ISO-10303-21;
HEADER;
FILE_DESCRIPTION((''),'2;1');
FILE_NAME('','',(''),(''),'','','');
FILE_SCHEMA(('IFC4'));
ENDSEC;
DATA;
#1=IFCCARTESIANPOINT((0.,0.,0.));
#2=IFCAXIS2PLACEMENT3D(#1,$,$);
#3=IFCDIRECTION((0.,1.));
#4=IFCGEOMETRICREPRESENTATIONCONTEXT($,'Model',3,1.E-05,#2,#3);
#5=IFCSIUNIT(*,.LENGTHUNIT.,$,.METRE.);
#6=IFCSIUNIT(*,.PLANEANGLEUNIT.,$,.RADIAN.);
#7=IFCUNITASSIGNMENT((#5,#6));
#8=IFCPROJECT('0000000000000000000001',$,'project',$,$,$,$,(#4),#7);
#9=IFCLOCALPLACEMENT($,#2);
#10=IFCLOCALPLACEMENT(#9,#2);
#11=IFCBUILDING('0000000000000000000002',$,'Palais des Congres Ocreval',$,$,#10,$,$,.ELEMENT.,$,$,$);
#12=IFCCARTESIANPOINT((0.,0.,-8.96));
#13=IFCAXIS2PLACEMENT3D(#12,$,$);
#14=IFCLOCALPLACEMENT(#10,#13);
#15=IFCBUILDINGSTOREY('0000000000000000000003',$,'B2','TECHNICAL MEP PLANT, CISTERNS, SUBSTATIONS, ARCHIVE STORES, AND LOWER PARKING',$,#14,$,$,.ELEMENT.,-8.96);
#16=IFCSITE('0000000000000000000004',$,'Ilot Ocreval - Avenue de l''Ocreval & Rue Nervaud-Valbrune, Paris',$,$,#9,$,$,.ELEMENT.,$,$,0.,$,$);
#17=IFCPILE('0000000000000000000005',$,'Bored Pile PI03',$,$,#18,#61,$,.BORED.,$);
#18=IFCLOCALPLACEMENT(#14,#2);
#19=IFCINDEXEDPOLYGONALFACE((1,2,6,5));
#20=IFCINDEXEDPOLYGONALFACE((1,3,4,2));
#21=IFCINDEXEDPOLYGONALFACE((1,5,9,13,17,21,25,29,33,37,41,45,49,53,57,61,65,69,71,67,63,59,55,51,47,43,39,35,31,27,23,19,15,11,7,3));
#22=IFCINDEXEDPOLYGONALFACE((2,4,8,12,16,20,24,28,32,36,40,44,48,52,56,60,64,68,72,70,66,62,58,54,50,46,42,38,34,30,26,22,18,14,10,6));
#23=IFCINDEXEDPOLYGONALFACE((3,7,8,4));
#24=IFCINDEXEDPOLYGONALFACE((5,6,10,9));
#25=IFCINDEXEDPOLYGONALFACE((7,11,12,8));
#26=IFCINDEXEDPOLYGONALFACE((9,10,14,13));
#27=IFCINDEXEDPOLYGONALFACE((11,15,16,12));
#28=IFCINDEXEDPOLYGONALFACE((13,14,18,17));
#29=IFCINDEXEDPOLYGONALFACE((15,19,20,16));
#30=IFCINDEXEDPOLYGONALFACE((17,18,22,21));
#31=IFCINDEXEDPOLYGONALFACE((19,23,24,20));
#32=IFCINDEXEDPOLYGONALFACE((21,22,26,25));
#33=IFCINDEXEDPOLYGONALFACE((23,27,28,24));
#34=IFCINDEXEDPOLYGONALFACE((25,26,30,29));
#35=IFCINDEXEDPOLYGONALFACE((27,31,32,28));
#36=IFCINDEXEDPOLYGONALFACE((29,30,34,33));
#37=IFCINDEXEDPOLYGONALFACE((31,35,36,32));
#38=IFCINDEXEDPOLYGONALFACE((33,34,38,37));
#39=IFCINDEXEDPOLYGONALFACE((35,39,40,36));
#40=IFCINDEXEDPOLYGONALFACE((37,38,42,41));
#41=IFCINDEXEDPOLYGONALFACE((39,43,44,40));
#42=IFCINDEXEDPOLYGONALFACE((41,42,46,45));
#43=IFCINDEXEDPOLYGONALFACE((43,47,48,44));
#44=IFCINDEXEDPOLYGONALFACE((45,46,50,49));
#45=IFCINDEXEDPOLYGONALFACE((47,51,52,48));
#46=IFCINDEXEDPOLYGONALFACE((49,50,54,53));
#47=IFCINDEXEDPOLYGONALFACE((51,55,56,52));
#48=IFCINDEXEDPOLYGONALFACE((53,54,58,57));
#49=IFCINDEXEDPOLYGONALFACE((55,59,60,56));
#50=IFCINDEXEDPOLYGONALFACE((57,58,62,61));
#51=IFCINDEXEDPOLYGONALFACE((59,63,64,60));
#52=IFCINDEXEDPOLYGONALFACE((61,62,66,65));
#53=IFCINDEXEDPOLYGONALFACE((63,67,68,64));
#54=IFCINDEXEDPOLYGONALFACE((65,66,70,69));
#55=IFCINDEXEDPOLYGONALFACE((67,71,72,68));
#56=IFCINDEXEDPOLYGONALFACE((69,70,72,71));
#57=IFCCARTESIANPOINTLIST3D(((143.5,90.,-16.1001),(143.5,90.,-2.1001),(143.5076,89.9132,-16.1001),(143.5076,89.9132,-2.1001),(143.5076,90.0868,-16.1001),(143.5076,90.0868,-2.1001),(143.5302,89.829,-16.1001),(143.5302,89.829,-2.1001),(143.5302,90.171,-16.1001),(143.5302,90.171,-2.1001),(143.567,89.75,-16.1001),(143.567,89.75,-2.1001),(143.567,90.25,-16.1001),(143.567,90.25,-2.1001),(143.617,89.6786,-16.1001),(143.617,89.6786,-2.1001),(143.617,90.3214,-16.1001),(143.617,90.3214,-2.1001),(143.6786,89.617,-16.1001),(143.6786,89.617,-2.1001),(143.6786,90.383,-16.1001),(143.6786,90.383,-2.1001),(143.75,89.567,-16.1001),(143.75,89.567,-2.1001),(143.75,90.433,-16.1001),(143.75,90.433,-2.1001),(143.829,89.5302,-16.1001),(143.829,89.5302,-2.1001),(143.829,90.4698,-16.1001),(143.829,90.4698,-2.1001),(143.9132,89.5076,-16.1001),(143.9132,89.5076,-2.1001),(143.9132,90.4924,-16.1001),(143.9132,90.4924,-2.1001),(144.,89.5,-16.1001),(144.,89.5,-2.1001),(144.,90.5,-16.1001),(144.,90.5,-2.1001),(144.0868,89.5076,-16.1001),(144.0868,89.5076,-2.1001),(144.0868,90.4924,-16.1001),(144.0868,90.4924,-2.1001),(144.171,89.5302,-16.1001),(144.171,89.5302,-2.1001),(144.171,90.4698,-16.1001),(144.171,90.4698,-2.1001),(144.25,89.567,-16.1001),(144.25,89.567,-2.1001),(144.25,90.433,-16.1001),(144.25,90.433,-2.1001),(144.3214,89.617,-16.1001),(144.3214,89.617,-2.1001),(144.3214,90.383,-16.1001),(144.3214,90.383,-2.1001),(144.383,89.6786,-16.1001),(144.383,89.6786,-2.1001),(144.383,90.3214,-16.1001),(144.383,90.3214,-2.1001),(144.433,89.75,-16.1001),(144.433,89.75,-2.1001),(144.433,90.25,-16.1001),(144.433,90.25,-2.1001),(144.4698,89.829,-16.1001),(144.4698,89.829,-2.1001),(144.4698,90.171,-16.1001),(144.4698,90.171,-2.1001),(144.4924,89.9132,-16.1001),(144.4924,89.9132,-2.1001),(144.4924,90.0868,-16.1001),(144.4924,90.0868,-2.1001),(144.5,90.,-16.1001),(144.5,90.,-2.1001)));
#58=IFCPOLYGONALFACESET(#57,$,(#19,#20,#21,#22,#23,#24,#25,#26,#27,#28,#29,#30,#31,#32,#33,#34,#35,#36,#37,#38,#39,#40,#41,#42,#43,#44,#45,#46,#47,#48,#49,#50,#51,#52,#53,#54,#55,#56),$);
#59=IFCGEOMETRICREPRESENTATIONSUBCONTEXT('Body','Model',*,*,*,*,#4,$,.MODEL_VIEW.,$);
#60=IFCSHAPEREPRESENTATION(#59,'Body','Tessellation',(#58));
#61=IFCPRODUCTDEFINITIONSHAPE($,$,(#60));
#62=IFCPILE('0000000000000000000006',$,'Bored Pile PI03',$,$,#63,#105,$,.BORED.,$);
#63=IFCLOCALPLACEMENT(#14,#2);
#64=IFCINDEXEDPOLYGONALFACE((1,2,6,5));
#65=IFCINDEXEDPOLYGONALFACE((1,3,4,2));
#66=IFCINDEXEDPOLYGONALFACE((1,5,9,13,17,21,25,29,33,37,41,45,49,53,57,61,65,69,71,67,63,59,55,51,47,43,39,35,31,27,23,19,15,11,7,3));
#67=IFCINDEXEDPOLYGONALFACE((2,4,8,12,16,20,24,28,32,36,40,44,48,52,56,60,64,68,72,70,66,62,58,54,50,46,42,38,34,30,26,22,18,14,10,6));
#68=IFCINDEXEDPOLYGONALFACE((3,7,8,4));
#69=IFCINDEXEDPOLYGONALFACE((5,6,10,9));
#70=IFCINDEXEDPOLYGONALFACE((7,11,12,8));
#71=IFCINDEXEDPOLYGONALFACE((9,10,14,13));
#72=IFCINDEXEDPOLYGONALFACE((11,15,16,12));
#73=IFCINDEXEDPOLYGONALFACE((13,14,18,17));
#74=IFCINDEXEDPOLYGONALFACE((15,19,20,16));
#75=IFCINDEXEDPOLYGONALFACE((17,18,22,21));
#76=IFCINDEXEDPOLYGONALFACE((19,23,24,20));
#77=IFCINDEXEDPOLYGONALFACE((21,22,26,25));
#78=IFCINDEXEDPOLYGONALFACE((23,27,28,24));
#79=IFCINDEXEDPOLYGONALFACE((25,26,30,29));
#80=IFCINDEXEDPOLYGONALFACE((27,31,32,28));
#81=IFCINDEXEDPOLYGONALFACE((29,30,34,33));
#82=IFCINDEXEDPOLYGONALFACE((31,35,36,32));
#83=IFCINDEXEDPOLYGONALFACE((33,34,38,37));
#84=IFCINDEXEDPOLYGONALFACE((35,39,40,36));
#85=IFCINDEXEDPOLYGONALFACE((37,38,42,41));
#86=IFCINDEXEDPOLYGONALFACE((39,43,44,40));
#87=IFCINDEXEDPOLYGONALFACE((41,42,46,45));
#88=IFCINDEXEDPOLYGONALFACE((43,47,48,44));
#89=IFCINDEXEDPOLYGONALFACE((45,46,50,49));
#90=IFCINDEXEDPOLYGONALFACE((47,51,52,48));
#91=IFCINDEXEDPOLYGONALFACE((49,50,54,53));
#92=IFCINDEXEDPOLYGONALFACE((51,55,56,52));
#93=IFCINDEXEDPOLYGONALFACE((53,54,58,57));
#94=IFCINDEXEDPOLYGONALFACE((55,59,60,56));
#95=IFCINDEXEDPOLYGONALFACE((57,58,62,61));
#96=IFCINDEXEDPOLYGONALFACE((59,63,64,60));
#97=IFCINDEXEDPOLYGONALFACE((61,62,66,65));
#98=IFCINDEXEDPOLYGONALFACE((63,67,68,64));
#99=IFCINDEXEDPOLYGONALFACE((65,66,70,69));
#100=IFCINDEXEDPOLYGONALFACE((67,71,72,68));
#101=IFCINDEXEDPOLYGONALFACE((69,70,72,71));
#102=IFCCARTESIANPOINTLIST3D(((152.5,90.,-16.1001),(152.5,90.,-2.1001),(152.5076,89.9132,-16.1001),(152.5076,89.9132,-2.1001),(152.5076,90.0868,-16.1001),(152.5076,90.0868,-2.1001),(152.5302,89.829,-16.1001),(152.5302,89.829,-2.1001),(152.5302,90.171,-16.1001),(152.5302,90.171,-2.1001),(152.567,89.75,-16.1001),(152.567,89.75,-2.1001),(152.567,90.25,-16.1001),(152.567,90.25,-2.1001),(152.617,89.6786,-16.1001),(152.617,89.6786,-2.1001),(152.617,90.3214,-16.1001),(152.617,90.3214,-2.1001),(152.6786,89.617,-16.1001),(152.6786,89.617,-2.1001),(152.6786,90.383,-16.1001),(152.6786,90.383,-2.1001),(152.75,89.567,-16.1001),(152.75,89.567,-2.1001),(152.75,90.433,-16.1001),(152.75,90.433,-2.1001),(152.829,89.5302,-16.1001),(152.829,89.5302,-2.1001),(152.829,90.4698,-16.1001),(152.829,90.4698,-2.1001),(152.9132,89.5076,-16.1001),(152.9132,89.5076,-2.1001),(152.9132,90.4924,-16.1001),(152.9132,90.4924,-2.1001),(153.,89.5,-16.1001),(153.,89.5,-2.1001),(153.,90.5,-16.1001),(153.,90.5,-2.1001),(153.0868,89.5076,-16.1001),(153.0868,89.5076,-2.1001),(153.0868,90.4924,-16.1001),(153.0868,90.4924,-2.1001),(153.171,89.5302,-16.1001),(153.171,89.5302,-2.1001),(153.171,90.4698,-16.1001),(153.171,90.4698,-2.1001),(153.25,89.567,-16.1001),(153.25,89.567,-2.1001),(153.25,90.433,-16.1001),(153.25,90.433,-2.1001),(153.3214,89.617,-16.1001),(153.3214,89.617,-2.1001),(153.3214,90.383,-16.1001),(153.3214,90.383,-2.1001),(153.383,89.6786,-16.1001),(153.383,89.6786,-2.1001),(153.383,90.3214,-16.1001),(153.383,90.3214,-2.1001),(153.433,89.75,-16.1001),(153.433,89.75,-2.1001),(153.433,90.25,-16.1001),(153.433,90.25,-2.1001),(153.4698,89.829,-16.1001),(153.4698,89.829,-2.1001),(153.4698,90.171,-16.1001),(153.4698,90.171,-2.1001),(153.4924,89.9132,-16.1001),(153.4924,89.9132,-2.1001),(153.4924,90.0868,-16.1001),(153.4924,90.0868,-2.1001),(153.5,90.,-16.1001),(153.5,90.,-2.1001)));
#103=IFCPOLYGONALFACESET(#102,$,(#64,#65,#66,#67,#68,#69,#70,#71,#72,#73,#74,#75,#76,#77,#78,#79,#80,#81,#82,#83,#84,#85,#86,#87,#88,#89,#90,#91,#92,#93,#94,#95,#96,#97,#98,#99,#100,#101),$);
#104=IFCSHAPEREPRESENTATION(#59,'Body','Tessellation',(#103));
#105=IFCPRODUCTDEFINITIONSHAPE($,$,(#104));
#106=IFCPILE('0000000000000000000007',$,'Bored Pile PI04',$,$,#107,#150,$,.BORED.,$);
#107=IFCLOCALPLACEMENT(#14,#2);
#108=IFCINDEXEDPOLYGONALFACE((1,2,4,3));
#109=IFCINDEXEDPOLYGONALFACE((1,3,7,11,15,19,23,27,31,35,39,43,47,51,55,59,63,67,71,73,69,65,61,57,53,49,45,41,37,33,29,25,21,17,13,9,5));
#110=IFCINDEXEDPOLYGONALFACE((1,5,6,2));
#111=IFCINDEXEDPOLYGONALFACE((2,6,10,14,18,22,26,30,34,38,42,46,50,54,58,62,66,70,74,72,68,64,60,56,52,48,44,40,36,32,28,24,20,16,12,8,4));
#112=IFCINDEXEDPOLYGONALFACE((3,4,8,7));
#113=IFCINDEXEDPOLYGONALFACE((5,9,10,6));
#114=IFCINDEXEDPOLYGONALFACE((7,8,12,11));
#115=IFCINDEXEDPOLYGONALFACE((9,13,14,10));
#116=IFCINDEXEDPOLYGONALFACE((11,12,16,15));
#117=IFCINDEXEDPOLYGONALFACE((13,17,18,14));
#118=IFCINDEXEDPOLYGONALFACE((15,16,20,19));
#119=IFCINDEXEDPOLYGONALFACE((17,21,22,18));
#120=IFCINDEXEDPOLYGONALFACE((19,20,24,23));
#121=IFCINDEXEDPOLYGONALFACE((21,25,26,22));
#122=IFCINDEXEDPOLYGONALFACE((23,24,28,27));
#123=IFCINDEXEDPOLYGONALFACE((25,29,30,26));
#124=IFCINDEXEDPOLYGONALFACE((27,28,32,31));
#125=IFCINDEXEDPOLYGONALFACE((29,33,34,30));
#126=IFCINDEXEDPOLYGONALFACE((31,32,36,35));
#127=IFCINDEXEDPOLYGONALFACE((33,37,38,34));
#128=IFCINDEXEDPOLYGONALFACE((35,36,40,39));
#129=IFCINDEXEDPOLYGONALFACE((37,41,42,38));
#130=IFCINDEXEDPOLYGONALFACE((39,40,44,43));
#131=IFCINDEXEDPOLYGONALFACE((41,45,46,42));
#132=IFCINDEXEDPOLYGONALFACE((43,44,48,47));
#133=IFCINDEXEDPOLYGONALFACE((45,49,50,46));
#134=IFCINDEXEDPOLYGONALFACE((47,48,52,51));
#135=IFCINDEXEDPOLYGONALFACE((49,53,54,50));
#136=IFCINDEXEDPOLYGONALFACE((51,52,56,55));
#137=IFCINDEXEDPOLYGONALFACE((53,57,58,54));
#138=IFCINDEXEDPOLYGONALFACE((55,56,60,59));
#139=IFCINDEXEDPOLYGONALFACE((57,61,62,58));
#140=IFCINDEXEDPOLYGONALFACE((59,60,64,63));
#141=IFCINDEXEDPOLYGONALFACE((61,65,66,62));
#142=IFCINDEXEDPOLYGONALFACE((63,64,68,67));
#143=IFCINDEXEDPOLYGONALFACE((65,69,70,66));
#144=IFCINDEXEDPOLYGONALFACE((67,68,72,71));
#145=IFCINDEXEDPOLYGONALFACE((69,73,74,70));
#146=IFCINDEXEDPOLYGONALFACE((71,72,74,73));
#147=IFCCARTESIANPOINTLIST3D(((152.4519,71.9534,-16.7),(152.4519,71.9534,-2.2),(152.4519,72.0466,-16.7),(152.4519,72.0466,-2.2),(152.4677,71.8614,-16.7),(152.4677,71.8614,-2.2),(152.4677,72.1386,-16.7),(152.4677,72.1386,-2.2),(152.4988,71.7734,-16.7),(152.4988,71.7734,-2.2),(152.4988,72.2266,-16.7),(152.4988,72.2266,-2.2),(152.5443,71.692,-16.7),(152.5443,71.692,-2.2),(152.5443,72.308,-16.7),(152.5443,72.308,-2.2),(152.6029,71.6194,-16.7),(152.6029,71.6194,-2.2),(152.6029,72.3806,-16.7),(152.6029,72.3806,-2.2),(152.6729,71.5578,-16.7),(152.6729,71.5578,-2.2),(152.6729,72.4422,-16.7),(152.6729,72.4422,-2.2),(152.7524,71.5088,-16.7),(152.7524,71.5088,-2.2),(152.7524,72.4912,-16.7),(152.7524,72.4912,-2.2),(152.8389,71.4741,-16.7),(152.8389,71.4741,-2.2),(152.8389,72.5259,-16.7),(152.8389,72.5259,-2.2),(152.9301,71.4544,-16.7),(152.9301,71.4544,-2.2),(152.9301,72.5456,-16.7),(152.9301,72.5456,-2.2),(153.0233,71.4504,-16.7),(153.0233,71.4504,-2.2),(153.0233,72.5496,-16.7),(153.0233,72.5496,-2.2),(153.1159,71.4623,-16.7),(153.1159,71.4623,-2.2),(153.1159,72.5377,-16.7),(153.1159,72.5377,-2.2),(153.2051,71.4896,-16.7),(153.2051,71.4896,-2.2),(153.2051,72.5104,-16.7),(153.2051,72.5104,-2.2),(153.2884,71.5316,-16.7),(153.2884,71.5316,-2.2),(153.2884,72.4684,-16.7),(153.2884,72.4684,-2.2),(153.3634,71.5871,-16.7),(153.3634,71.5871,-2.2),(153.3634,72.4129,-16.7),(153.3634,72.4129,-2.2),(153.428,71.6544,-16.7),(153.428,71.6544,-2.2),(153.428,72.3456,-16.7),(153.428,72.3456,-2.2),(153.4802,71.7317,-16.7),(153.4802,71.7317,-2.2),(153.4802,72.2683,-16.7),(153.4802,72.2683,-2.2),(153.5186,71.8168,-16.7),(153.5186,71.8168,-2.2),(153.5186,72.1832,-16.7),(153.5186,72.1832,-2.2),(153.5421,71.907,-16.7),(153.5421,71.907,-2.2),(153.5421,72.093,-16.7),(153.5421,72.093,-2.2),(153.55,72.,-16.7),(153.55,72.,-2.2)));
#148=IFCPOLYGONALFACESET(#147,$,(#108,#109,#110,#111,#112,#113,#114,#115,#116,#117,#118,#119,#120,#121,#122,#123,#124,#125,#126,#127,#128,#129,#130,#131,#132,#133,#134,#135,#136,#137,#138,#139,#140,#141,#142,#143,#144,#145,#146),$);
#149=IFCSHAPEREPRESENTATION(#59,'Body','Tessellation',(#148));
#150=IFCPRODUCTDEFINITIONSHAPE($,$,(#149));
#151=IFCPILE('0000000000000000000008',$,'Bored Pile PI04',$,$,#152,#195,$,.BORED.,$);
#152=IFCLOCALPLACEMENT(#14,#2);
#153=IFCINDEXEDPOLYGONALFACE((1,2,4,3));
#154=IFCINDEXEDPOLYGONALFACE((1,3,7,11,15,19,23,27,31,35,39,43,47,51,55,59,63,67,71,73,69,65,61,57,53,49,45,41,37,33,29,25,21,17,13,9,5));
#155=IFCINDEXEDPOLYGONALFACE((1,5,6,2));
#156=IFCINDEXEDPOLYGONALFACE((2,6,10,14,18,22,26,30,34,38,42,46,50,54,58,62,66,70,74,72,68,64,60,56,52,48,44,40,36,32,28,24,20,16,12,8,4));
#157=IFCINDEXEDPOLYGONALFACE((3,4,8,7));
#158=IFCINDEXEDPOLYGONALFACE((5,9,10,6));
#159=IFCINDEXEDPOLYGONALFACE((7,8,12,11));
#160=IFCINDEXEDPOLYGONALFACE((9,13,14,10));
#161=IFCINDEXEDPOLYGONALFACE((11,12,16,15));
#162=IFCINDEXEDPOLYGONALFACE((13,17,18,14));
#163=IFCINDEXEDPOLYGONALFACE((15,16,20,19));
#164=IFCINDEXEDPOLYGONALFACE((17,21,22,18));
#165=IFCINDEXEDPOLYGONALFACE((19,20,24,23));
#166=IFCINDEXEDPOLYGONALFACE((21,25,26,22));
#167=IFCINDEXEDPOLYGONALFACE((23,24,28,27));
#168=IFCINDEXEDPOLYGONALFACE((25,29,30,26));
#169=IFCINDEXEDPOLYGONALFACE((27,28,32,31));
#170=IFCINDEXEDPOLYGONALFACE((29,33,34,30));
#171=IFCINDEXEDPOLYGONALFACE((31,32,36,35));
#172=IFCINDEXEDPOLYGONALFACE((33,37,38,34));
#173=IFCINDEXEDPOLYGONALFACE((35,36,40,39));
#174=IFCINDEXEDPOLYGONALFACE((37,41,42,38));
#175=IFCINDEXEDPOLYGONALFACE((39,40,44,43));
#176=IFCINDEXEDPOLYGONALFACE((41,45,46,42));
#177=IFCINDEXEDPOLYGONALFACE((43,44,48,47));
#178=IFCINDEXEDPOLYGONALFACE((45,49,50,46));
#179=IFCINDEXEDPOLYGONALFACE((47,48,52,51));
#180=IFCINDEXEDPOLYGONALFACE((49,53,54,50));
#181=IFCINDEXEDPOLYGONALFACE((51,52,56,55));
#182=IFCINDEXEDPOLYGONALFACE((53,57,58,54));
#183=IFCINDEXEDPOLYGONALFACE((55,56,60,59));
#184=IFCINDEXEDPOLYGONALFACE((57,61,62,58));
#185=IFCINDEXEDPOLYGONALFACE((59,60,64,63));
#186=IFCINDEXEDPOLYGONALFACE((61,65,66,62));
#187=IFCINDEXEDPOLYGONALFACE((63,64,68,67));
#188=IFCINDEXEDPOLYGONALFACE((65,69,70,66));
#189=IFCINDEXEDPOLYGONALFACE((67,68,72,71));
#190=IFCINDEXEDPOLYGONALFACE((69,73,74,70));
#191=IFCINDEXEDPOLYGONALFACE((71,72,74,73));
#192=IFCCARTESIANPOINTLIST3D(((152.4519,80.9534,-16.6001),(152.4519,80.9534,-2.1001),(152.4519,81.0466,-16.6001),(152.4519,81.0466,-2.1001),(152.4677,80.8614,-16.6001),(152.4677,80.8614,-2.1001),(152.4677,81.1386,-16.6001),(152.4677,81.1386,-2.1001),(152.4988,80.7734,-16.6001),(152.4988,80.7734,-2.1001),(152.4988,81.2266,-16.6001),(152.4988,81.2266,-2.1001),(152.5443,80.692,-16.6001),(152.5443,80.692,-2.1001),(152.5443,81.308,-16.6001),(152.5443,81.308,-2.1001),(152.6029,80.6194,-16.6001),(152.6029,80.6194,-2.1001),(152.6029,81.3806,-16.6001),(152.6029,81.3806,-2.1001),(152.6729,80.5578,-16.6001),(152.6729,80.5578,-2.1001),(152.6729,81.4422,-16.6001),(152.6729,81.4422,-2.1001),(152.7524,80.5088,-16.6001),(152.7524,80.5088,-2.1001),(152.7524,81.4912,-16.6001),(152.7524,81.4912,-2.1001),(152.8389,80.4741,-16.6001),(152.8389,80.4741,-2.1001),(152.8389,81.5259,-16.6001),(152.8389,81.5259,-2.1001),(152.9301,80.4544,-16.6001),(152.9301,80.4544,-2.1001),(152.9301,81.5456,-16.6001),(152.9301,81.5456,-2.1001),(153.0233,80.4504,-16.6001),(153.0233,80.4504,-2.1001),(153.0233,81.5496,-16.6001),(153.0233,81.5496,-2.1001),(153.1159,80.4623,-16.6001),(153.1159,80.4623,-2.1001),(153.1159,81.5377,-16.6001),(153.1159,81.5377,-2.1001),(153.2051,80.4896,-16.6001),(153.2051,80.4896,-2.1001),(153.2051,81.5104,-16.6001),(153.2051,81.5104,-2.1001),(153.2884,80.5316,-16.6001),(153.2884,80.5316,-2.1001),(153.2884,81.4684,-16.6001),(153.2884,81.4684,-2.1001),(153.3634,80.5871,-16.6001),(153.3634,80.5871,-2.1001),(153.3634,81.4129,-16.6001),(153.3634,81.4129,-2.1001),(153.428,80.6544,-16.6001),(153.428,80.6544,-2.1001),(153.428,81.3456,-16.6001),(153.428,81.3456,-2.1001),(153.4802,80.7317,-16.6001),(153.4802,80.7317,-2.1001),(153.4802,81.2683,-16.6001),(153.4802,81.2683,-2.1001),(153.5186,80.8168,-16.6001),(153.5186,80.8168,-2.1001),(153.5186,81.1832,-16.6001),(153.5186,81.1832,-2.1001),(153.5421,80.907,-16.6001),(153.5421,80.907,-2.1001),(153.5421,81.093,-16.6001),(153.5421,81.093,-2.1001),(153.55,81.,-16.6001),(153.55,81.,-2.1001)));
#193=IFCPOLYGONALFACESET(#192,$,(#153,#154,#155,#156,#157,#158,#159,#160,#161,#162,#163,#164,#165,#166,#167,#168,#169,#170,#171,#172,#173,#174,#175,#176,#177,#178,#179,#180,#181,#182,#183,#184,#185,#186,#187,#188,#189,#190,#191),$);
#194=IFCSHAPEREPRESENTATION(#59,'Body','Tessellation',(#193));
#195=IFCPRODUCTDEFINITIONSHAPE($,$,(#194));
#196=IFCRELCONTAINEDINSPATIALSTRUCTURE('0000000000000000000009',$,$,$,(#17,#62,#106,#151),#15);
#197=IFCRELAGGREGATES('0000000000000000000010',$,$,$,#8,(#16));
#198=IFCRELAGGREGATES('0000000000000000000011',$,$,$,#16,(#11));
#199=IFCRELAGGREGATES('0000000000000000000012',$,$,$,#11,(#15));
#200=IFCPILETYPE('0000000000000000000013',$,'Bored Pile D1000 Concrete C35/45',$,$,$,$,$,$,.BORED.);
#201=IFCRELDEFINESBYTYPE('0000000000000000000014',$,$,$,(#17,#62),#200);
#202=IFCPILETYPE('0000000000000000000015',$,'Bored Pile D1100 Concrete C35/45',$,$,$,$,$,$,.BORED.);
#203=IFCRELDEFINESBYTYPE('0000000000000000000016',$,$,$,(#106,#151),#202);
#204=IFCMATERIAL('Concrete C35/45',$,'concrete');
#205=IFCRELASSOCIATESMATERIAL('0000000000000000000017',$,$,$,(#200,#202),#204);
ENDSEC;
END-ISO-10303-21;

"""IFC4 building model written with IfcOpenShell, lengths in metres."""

from ifc_helpers import new_model, si_unit, direction, frame, origin, origin_2d, place, context, subcontext, project, spatial, circle, extrude, material, material_profile, profile_set, type_object, element, save


model = new_model("IFC4")

# Units and contexts
model_context = context("Model", 3, precision=1e-05, world=origin(), true_north=direction((0.0, 1.0)))
body_context = subcontext(model_context, "Body", "Model", "MODEL_VIEW")
ifc_project = project(units=[si_unit("LENGTHUNIT", "METRE"), si_unit("PLANEANGLEUNIT", "RADIAN")], contexts=[model_context])

# Site, building, storey
site_placement = place(None, origin())
site = spatial("IfcSite", under=ifc_project, at=site_placement, Name="Ilot Ocreval - Avenue de l'Ocreval & Rue Nervaud-Valbrune, Paris", CompositionType="ELEMENT", RefElevation=0.0)
building_placement = place(site_placement, origin())
building = spatial("IfcBuilding", under=site, at=building_placement, Name="Palais des Congres Ocreval", CompositionType="ELEMENT")
storey_placement = place(building_placement, frame((0.0, 0.0, -8.96)))
storey = spatial("IfcBuildingStorey", under=building, at=storey_placement, Name="B2", Description="TECHNICAL MEP PLANT, CISTERNS, SUBSTATIONS, ARCHIVE STORES, AND LOWER PARKING", CompositionType="ELEMENT", Elevation=-8.96)

# Piles
ifc_material_1 = material(Name="Concrete C35/45", Category="concrete")
ifc_material_profile_1 = material_profile(ifc_material_1, circle(Radius=0.5, at=origin_2d()), Name="BORED PILE 1000")
ifc_profile_set_1 = profile_set([ifc_material_profile_1], Name="Concrete C35/45")
pile_type_1 = type_object("IfcPileType", Name="Bored Pile D1000 Concrete C35/45", PredefinedType="BORED", material=ifc_profile_set_1)
for number, where, z_axis, x_axis, name in (
    (1, (144.0, 90.0, -2.1001), (0.0, 0.0, -1.0), (1.0, 0.0, 0.0), "Bored Pile PI03"),
    (2, (153.0, 90.0, -2.1001), (0.0, 0.0, -1.0), (1.0, 0.0, 0.0), "Bored Pile PI03"),
):
    element("IfcPile", number, at=place(storey_placement, frame(where, z_axis=z_axis, x_axis=x_axis)), inside=storey, type_object=pile_type_1, Name=name, PredefinedType="BORED", context=body_context, shape_type="SweptSolid", body=[
        extrude(circle(Radius=0.5, at=origin_2d()), origin(), (0.0, 0.0, 1.0), 14.0),
    ])
ifc_material_profile_2 = material_profile(ifc_material_1, circle(Radius=0.55, at=origin_2d()), Name="BORED PILE 1100")
ifc_profile_set_2 = profile_set([ifc_material_profile_2], Name="Concrete C35/45")
pile_type_2 = type_object("IfcPileType", Name="Bored Pile D1100 Concrete C35/45", PredefinedType="BORED", material=ifc_profile_set_2)
for number, where, z_axis, x_axis, name in (
    (3, (153.0, 72.0, -2.2), (0.0, 0.0, -1.0), (1.0, 0.0, 0.0), "Bored Pile PI04"),
    (4, (153.0, 81.0, -2.1001), (0.0, 0.0, -1.0), (1.0, 0.0, 0.0), "Bored Pile PI04"),
):
    element("IfcPile", number, at=place(storey_placement, frame(where, z_axis=z_axis, x_axis=x_axis)), inside=storey, type_object=pile_type_2, Name=name, PredefinedType="BORED", context=body_context, shape_type="SweptSolid", body=[
        extrude(circle(Radius=0.55, at=origin_2d()), origin(), (0.0, 0.0, 1.0), 14.5),
    ])

save(model, "model.ifc")
